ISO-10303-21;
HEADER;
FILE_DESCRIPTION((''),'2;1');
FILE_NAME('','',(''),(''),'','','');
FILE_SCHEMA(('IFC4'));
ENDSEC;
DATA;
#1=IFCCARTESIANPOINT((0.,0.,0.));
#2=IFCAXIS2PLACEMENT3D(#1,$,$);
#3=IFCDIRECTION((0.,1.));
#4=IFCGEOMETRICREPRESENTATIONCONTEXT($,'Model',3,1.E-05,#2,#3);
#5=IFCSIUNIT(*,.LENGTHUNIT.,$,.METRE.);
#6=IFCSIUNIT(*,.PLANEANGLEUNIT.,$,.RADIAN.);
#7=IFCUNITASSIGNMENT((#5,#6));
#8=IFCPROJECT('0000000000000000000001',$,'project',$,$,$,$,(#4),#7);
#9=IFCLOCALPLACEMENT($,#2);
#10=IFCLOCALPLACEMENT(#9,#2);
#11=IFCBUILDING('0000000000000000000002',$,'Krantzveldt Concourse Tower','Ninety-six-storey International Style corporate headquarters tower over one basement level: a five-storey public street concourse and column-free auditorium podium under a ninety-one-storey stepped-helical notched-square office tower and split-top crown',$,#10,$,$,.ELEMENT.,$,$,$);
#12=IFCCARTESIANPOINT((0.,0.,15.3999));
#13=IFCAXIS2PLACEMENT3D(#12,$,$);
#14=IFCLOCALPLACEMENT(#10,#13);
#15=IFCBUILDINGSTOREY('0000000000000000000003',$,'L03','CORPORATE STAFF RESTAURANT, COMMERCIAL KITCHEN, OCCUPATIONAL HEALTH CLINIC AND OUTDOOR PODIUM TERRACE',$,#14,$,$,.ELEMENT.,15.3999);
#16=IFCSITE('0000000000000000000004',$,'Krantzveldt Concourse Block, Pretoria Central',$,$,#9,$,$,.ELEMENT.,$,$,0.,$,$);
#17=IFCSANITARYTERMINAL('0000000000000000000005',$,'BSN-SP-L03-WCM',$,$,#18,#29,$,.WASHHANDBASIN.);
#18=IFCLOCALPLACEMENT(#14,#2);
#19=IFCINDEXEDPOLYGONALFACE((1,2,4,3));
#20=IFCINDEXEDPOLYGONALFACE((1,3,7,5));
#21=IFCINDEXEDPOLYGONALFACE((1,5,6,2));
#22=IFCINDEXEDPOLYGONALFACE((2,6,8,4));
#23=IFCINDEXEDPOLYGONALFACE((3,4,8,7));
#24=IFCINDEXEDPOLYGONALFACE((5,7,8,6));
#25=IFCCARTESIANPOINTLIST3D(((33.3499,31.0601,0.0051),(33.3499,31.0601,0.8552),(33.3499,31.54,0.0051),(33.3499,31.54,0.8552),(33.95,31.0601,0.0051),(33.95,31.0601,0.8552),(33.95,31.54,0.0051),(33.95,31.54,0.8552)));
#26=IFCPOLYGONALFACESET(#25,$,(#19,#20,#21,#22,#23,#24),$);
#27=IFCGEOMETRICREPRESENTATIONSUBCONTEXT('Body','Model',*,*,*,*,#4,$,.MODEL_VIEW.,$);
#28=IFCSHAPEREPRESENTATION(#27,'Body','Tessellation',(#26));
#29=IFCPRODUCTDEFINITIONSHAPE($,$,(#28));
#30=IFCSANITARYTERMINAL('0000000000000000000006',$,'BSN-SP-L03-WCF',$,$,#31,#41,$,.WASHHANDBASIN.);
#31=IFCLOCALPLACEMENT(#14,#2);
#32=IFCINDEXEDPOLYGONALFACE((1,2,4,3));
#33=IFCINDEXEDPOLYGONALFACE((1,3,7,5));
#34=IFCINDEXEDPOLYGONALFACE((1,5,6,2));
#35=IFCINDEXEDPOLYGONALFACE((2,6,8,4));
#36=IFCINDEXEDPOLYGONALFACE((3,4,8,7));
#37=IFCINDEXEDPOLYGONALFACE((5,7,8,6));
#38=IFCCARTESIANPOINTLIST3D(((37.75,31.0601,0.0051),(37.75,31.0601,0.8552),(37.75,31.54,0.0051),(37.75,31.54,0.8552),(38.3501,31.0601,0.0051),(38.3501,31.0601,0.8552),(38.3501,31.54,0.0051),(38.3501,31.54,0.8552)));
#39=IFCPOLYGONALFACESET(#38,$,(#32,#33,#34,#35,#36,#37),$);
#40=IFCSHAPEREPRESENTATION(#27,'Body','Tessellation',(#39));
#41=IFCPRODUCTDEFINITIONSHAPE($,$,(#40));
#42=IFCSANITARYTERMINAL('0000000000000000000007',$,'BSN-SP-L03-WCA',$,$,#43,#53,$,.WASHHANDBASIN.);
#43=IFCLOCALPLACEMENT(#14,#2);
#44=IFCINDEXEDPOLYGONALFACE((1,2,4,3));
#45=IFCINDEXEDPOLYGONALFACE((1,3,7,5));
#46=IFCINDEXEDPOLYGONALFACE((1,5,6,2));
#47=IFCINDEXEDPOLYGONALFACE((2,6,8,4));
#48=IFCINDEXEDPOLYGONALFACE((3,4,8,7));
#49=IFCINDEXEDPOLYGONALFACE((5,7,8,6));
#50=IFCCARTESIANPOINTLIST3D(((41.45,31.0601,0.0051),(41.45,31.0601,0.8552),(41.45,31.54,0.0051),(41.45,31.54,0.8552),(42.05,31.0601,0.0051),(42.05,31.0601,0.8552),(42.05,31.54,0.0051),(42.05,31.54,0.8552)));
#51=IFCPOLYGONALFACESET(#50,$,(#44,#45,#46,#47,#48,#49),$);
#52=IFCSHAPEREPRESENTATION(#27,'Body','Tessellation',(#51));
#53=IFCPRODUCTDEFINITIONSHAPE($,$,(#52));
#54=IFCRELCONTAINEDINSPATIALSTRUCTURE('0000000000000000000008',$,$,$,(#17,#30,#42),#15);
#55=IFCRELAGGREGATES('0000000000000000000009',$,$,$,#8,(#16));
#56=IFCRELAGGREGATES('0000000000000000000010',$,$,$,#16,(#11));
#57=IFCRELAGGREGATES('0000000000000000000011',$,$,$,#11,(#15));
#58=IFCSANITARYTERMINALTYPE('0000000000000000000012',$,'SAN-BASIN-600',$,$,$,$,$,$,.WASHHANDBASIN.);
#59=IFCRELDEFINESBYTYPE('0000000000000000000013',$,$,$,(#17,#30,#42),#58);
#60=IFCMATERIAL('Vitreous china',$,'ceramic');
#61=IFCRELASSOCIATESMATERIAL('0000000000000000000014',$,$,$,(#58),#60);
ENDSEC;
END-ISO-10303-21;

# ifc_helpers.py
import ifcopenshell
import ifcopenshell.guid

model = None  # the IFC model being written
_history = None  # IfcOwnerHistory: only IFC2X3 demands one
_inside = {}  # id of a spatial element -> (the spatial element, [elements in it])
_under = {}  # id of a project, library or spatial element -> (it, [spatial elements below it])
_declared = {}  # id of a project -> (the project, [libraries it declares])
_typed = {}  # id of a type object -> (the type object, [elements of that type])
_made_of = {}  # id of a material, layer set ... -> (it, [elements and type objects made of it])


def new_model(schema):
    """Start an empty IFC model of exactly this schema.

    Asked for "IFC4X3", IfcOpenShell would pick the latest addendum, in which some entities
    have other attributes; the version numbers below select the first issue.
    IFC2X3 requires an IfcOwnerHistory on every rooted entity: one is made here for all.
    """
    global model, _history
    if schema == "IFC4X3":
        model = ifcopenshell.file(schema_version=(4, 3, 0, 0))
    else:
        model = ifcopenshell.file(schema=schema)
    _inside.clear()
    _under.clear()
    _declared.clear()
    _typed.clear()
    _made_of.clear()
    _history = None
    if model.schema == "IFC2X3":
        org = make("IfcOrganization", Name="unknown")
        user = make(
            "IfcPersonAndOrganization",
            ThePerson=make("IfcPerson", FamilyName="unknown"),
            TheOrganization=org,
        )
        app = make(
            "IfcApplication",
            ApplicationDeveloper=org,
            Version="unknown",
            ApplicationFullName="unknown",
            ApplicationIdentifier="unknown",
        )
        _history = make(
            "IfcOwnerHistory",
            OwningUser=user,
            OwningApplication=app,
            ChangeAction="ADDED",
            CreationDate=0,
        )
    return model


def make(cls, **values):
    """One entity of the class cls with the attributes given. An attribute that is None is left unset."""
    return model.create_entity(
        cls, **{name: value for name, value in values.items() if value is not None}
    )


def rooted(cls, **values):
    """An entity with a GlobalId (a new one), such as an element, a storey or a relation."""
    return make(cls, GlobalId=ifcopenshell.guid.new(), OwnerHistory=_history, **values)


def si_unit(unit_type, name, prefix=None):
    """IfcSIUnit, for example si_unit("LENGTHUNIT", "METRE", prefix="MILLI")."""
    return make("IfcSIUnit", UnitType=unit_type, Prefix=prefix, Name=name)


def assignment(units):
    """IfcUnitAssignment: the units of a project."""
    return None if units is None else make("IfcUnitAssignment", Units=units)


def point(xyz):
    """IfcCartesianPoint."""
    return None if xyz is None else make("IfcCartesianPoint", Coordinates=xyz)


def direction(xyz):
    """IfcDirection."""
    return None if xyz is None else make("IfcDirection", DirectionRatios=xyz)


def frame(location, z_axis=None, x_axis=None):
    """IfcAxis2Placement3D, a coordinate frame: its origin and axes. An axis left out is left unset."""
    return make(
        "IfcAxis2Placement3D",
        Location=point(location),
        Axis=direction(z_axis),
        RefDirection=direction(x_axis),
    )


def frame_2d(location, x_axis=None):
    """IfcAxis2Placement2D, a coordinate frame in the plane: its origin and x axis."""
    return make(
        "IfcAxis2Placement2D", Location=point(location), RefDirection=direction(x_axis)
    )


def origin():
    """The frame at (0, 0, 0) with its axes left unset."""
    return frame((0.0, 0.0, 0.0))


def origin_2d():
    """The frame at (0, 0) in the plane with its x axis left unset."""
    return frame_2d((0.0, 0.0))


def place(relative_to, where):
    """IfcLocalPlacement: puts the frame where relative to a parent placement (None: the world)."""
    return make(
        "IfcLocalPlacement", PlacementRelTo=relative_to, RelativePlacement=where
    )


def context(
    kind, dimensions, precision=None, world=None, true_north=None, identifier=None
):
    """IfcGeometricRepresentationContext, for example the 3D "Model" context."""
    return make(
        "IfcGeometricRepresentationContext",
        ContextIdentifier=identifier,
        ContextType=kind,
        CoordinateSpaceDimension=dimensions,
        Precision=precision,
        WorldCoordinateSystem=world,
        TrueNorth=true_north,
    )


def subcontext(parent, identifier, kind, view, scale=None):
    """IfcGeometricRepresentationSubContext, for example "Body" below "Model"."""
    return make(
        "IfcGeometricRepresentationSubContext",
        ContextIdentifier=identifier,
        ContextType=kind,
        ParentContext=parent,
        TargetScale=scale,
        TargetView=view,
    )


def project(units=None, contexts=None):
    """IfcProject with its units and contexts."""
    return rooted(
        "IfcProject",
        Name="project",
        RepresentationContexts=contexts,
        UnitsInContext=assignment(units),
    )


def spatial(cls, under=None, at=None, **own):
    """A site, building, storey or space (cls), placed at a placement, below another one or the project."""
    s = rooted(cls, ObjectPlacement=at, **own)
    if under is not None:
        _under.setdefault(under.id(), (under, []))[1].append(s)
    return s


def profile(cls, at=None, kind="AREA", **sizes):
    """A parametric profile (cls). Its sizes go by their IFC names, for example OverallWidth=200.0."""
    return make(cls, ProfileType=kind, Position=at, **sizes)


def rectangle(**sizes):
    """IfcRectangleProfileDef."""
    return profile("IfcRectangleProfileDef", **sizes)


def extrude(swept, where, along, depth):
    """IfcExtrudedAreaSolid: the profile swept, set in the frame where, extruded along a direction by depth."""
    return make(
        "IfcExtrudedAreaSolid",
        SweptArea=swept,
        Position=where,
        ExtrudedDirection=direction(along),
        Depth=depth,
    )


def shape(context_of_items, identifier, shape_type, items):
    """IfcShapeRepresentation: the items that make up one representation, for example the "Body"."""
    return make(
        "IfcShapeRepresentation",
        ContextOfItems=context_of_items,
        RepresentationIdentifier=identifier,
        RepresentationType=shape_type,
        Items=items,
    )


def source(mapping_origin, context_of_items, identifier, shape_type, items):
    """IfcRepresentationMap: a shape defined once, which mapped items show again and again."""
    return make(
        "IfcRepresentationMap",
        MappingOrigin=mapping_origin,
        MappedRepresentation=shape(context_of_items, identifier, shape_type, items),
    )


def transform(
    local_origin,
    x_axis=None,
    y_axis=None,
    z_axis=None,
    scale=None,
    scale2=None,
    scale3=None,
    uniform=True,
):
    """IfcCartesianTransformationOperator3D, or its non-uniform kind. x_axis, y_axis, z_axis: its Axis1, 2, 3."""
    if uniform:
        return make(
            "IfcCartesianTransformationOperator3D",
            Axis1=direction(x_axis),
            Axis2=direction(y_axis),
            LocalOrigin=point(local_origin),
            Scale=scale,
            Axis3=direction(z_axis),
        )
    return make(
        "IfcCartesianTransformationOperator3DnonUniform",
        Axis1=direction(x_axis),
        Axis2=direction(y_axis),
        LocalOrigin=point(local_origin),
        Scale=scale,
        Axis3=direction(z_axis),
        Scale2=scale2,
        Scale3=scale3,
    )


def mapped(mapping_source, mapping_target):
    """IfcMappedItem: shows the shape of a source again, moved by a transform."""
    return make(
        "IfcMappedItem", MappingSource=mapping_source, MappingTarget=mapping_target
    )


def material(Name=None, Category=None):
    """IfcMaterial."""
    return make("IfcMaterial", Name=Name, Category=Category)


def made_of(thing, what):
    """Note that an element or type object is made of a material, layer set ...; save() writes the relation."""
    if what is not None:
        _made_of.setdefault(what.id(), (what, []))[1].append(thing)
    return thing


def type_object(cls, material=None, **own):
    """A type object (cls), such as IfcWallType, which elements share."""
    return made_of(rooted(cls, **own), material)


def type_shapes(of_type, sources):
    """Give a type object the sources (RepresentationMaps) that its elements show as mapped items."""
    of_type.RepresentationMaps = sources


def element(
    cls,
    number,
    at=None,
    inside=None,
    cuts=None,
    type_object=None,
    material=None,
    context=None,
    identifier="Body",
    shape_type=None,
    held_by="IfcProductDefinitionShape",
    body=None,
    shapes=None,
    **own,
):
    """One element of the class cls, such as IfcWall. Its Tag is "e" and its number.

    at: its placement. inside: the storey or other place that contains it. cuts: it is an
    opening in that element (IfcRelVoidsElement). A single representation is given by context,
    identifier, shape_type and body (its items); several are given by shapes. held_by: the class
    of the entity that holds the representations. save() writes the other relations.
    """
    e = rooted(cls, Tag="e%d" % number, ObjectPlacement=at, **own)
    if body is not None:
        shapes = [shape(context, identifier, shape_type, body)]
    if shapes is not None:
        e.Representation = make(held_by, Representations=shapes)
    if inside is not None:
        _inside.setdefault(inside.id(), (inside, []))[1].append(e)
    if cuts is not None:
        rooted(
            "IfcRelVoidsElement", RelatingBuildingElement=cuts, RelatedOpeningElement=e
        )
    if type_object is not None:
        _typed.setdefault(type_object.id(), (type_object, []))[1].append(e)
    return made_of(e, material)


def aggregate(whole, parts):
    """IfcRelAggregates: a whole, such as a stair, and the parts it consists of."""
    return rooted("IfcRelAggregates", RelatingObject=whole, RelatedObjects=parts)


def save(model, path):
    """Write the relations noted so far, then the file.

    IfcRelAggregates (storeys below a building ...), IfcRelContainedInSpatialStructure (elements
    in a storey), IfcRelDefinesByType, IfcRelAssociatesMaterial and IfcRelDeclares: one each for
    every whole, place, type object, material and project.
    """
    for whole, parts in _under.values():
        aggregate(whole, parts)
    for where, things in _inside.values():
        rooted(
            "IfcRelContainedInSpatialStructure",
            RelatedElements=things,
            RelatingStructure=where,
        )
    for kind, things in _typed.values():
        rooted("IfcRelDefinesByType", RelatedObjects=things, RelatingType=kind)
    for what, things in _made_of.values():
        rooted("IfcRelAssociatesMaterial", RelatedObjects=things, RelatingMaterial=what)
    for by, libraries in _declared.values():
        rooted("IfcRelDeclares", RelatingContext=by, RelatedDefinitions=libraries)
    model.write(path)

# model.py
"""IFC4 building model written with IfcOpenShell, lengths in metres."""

from ifc_helpers import new_model, si_unit, direction, frame, origin, origin_2d, place, context, subcontext, project, spatial, rectangle, extrude, source, transform, mapped, material, type_object, type_shapes, element, save


model = new_model("IFC4")

# Units and contexts
model_context = context("Model", 3, precision=1e-05, world=origin(), true_north=direction((0.0, 1.0)))
body_context = subcontext(model_context, "Body", "Model", "MODEL_VIEW")
ifc_project = project(units=[si_unit("LENGTHUNIT", "METRE"), si_unit("PLANEANGLEUNIT", "RADIAN")], contexts=[model_context])

# Site, building, storey
site_placement = place(None, origin())
site = spatial("IfcSite", under=ifc_project, at=site_placement, Name="Krantzveldt Concourse Block, Pretoria Central", CompositionType="ELEMENT", RefElevation=0.0)
building_placement = place(site_placement, origin())
building = spatial("IfcBuilding", under=site, at=building_placement, Name="Krantzveldt Concourse Tower", Description="Ninety-six-storey International Style corporate headquarters tower over one basement level: a five-storey public street concourse and column-free auditorium podium under a ninety-one-storey stepped-helical notched-square office tower and split-top crown", CompositionType="ELEMENT")
storey_placement = place(building_placement, frame((0.0, 0.0, 15.3999)))
storey = spatial("IfcBuildingStorey", under=building, at=storey_placement, Name="L03", Description="CORPORATE STAFF RESTAURANT, COMMERCIAL KITCHEN, OCCUPATIONAL HEALTH CLINIC AND OUTDOOR PODIUM TERRACE", CompositionType="ELEMENT", Elevation=15.3999)

# Sanitary terminals
ifc_material_1 = material(Name="Vitreous china", Category="ceramic")
sanitary_terminal_type_1 = type_object("IfcSanitaryTerminalType", Name="SAN-BASIN-600", PredefinedType="WASHHANDBASIN", material=ifc_material_1)
shared_shape_1 = source(origin(), body_context, "Body", "SweptSolid", [
    extrude(rectangle(XDim=0.6001, YDim=0.48, at=origin_2d()), origin(), (0.0, 0.0, 1.0), 0.8501),
])
type_shapes(sanitary_terminal_type_1, [shared_shape_1])
for number, where, z_axis, x_axis, name in (
    (1, (33.6499, 31.3, 0.0051), (0.0, 0.0, 1.0), (1.0, 0.0, 0.0), "BSN-SP-L03-WCM"),
    (2, (38.05, 31.3, 0.0051), (0.0, 0.0, 1.0), (1.0, 0.0, 0.0), "BSN-SP-L03-WCF"),
    (3, (41.75, 31.3, 0.0051), (0.0, 0.0, 1.0), (1.0, 0.0, 0.0), "BSN-SP-L03-WCA"),
):
    element("IfcSanitaryTerminal", number, at=place(storey_placement, frame(where, z_axis=z_axis, x_axis=x_axis)), inside=storey, type_object=sanitary_terminal_type_1, Name=name, PredefinedType="WASHHANDBASIN", context=body_context, shape_type="MappedRepresentation", body=[
        mapped(shared_shape_1, transform((0.0, 0.0, 0.0), x_axis=(1.0, 0.0, 0.0), y_axis=(0.0, 1.0, 0.0), z_axis=(0.0, 0.0, 1.0), scale=1.0)),
    ])

save(model, "model.ifc")
